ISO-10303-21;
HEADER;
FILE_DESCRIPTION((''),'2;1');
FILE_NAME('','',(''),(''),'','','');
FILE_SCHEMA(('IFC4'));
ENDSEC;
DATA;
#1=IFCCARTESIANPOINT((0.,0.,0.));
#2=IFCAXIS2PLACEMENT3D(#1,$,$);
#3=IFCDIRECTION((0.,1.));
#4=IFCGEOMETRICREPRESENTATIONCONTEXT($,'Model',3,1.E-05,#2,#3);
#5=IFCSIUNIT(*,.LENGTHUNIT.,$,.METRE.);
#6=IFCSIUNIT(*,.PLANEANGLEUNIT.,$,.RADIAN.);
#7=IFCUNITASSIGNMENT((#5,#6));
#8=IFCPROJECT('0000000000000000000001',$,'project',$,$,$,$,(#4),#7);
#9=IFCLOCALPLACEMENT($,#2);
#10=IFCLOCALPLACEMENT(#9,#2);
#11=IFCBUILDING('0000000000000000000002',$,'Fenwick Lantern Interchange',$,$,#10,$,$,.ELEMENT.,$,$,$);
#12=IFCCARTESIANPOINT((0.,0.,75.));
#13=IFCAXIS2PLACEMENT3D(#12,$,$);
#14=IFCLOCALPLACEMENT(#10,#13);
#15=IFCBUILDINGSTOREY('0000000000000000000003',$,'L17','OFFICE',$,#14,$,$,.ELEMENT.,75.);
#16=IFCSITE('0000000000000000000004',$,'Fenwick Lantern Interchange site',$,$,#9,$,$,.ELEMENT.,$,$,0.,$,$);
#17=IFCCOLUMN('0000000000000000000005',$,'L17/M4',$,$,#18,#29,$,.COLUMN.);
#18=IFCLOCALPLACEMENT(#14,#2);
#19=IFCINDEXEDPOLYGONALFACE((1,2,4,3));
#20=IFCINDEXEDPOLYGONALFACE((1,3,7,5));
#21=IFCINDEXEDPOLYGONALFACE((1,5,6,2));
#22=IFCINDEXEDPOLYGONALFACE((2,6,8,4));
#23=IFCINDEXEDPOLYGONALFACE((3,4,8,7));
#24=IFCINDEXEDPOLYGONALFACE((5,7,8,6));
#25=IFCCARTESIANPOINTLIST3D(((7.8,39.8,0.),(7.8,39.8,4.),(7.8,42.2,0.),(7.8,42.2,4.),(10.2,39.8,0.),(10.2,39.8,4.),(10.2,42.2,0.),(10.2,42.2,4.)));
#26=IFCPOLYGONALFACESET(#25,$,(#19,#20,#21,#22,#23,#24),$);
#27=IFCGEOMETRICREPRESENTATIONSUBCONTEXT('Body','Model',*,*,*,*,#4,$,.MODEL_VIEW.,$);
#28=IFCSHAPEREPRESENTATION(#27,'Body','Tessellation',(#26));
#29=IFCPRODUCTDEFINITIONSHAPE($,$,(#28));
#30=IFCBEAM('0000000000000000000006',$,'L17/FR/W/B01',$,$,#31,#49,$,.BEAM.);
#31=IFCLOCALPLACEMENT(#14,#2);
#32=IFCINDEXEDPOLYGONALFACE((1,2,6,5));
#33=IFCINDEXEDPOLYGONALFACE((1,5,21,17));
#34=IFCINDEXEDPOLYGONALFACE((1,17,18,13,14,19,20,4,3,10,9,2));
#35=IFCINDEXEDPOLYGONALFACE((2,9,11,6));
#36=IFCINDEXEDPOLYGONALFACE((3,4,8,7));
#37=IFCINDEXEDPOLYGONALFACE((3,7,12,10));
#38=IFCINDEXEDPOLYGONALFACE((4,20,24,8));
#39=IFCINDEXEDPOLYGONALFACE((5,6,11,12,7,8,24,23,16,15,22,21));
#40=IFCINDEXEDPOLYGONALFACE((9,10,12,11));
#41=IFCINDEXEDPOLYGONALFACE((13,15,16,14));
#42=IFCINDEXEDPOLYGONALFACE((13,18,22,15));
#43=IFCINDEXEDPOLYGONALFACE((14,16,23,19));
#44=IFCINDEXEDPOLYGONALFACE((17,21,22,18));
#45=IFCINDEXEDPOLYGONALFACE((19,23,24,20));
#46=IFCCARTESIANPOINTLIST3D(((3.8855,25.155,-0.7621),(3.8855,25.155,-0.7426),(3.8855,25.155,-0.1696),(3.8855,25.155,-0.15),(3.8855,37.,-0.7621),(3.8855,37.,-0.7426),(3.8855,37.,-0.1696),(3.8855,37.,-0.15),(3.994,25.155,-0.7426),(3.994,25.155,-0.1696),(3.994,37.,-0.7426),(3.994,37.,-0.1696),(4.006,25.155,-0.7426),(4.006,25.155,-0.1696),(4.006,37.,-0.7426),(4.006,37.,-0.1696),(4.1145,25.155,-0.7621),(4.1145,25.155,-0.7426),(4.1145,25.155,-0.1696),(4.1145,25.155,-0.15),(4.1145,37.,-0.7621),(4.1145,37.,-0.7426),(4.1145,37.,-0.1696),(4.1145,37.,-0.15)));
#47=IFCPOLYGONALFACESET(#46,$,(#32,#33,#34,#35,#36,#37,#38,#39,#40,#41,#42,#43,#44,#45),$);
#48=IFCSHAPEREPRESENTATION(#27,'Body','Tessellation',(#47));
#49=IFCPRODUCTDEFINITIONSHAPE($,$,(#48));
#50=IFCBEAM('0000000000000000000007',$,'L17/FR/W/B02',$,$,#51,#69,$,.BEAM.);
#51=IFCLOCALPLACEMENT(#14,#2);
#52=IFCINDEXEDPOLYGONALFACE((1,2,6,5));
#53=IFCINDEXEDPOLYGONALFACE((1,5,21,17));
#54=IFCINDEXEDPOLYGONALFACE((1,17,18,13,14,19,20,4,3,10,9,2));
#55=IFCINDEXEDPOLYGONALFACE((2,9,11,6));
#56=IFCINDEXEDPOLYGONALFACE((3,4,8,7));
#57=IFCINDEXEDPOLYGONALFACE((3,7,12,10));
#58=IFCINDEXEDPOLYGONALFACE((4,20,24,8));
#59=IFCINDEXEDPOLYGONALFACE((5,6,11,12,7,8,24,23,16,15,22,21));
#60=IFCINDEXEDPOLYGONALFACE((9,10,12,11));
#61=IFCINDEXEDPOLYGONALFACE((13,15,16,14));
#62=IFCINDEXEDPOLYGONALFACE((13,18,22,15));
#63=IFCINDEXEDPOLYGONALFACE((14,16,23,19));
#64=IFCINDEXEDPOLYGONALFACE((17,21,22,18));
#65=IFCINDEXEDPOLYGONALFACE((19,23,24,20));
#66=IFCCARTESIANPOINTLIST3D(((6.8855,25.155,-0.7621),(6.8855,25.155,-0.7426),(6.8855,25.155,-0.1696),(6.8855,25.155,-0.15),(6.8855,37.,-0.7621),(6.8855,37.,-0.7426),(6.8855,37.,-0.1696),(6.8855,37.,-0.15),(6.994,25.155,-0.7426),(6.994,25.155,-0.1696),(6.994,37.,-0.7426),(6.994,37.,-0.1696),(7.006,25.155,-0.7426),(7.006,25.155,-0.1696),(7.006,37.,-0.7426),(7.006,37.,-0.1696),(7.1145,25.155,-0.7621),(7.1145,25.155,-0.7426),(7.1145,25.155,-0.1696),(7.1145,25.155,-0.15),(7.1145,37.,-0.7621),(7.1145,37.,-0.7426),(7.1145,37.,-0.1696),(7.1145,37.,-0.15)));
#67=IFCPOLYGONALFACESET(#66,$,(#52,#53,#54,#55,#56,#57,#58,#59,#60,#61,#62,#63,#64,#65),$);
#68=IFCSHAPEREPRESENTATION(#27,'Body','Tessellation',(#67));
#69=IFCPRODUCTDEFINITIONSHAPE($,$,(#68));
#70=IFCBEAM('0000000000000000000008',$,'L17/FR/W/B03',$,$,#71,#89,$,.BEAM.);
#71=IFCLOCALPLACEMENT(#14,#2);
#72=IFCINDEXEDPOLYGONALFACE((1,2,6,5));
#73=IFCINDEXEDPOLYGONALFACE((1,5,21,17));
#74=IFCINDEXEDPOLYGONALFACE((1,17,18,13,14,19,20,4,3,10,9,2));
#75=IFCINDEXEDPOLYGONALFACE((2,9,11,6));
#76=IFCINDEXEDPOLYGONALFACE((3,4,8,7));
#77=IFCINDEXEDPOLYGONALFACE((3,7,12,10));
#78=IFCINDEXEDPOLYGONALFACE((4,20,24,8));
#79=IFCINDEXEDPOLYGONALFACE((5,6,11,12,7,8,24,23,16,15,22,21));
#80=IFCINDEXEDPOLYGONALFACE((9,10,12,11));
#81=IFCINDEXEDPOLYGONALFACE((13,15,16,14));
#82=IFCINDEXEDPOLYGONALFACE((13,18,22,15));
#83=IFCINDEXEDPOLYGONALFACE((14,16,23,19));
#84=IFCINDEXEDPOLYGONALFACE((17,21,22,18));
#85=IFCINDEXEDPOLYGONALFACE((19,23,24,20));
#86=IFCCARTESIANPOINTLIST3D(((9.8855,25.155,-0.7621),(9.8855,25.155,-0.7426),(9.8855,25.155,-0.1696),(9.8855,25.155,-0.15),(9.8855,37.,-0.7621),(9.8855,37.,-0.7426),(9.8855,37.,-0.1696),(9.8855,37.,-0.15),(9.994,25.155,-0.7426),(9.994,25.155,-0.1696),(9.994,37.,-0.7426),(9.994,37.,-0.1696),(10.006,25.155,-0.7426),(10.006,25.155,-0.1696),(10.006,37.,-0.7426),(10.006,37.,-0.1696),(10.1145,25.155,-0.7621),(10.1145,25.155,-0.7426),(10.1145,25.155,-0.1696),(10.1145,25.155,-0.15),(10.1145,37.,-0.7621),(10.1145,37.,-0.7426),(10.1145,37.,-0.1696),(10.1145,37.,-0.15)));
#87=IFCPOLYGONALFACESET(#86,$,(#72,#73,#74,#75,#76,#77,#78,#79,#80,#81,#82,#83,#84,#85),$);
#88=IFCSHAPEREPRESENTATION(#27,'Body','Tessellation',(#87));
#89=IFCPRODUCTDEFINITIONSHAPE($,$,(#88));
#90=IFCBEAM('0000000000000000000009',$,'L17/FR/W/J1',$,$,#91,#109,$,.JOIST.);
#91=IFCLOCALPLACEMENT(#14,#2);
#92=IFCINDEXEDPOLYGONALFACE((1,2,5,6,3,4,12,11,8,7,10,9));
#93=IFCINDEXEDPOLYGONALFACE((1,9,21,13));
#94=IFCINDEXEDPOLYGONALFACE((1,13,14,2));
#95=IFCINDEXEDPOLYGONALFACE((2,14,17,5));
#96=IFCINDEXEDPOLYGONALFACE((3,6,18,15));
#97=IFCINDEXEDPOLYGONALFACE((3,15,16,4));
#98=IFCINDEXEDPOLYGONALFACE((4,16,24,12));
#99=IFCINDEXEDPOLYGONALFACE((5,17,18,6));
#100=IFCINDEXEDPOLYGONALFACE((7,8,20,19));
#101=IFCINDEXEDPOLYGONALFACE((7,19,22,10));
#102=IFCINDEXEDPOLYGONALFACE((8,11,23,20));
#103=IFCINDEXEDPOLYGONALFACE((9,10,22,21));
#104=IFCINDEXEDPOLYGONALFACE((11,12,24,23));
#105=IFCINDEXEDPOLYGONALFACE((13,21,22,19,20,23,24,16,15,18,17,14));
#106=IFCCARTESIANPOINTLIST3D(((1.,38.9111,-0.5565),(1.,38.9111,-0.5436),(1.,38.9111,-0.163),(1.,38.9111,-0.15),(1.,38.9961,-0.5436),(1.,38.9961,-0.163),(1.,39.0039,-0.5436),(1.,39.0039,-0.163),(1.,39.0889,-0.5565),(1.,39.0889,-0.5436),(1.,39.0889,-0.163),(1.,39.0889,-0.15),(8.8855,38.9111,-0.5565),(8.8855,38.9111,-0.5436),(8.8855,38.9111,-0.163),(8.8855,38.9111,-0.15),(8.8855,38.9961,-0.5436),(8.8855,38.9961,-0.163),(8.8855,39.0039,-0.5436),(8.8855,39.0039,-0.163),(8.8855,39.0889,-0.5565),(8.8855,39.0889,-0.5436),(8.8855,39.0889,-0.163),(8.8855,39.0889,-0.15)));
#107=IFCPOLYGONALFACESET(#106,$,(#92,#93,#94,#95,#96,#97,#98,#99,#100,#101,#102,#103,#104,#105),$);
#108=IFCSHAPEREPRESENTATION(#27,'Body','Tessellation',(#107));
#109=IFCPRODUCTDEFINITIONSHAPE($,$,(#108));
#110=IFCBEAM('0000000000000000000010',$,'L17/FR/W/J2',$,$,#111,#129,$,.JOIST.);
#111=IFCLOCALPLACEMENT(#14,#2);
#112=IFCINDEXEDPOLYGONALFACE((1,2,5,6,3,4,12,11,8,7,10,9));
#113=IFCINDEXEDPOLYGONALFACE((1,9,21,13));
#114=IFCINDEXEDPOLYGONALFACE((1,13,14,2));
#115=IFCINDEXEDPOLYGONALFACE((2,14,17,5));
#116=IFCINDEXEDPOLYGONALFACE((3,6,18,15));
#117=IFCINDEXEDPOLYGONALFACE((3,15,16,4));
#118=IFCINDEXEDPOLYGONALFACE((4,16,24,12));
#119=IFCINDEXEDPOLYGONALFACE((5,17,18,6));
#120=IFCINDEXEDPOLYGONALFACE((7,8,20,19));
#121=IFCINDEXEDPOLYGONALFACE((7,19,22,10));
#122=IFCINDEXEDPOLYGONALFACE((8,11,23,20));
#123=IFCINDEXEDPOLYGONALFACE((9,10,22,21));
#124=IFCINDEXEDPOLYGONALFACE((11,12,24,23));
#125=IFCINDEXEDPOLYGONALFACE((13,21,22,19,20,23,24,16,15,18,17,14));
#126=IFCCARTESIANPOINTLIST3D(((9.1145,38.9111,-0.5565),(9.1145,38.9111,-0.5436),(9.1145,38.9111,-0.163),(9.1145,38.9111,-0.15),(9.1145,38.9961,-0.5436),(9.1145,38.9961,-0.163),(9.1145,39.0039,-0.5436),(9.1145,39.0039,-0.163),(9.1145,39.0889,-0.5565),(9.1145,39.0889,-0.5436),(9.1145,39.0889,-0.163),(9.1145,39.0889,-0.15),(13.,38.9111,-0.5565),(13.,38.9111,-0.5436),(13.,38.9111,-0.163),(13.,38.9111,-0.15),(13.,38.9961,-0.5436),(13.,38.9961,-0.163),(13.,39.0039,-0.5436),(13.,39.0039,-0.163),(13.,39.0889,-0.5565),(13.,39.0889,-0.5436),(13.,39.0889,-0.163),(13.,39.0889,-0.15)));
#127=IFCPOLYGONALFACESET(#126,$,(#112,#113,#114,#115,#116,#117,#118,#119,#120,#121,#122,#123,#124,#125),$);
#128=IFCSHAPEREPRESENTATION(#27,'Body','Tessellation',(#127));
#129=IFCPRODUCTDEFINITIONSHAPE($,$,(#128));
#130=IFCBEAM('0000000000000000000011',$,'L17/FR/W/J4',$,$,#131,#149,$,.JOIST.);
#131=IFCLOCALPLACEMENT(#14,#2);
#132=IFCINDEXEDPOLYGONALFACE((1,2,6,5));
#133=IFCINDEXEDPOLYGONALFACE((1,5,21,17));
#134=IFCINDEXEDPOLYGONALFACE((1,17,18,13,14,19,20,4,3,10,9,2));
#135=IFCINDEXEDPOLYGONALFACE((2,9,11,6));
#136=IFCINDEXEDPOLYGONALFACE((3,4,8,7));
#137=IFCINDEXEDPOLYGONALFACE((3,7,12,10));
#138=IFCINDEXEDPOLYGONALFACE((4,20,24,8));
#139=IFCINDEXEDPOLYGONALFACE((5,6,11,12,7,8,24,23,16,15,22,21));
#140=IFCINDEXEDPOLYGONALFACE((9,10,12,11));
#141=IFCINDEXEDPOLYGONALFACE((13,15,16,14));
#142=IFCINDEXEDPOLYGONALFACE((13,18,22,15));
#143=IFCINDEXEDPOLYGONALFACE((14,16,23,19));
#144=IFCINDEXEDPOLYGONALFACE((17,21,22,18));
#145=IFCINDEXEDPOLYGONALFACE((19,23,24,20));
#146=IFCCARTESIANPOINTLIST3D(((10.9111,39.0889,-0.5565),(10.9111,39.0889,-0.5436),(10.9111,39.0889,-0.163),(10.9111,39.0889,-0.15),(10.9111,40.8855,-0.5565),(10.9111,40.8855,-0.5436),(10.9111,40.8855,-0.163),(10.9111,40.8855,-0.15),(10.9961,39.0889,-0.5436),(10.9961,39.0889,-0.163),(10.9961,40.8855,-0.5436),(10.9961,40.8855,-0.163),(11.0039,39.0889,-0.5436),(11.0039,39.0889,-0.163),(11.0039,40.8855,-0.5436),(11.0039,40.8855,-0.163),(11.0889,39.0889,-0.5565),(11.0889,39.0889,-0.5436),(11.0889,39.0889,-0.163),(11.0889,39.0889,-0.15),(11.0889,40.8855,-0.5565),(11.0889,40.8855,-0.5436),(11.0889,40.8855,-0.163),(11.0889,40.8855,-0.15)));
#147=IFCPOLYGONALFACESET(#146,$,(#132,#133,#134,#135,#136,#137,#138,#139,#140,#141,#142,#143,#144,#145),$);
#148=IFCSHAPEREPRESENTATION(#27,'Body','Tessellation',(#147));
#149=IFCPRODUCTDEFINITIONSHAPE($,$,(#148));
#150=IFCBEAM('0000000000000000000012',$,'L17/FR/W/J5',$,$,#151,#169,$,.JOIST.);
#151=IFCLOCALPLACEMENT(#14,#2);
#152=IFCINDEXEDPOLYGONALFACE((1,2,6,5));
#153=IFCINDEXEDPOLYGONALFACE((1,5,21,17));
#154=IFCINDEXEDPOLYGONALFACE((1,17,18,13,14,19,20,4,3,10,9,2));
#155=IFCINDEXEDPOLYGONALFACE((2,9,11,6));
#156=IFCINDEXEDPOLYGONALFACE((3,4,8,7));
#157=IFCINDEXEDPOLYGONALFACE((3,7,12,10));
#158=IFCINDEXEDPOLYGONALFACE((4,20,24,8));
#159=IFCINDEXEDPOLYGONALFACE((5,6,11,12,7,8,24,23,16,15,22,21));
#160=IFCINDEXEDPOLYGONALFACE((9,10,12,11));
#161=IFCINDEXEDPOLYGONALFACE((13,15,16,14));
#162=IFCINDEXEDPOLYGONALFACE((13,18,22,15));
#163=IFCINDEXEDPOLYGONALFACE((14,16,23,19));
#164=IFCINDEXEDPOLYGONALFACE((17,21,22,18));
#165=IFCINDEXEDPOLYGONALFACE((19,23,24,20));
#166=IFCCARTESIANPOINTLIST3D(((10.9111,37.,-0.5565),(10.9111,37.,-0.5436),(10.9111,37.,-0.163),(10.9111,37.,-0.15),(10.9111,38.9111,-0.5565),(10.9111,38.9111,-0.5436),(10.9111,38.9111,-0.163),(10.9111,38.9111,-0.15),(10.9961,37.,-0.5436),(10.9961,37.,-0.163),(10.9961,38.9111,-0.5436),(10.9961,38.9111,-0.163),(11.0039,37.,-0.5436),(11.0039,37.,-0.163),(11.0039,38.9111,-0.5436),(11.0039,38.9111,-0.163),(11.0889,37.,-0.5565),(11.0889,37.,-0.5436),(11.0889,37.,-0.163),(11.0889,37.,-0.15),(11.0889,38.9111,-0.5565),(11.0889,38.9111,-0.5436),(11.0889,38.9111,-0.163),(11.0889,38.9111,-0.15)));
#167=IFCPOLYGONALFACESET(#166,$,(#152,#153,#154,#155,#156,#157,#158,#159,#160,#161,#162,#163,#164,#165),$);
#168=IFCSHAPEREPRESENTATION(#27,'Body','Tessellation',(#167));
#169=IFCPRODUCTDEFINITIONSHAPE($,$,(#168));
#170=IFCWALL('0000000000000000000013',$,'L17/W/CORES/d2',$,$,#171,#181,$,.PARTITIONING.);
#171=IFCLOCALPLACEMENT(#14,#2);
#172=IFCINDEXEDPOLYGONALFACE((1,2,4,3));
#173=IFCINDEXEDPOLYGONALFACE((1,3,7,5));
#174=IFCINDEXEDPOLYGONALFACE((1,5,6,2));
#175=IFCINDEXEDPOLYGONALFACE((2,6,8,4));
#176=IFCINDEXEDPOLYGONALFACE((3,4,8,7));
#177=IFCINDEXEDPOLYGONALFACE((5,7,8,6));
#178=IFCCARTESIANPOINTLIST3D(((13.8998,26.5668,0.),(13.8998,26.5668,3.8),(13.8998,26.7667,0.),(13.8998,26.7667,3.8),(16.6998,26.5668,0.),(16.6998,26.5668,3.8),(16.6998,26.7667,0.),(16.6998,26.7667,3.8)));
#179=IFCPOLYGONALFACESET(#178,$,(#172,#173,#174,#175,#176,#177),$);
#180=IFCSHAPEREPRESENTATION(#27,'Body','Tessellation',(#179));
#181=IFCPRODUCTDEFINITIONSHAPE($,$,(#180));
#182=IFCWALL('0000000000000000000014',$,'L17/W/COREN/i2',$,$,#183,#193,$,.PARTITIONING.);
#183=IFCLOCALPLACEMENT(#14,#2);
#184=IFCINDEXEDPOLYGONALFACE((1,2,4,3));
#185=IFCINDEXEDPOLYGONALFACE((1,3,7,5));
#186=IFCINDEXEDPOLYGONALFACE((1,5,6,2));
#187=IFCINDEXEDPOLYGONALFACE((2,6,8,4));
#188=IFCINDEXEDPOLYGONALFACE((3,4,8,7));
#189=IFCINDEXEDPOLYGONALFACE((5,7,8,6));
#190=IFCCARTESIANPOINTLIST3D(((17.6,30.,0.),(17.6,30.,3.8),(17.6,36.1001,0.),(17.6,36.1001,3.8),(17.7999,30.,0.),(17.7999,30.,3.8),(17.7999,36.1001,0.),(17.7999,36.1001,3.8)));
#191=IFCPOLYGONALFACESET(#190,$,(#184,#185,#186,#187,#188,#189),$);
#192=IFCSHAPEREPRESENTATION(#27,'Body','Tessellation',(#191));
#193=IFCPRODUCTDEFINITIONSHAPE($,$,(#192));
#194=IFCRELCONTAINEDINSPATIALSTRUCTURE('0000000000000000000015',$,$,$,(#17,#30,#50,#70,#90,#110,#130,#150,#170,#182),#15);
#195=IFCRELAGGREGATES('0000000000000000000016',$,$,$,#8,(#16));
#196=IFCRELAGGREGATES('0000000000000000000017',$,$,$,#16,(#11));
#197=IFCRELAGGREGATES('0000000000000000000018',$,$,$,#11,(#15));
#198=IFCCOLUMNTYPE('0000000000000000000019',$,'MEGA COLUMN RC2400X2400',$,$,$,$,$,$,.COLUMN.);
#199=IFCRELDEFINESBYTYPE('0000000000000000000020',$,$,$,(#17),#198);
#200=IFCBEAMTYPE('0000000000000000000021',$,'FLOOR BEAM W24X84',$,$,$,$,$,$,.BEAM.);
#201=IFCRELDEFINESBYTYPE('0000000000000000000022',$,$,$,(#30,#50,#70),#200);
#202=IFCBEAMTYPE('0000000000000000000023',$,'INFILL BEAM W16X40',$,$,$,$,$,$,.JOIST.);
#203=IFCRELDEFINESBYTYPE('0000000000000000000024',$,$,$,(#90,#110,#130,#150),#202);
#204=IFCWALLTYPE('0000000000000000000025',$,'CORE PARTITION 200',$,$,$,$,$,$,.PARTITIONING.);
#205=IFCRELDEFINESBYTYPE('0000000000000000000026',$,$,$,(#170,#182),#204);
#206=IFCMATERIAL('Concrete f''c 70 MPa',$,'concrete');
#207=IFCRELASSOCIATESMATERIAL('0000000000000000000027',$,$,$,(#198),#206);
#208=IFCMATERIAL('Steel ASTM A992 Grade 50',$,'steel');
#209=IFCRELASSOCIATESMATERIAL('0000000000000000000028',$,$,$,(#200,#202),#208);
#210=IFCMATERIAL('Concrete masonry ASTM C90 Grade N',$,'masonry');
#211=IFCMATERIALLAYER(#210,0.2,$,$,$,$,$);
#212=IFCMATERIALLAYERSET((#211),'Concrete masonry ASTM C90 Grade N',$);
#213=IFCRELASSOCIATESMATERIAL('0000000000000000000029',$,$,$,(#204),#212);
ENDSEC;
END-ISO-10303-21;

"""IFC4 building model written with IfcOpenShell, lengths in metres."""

from ifc_helpers import new_model, si_unit, direction, frame, frame_2d, origin, origin_2d, place, context, subcontext, project, spatial, rectangle, i_section, extrude, material, layer, layer_set, material_profile, profile_set, type_object, element, save


model = new_model("IFC4")

# Units and contexts
model_context = context("Model", 3, precision=1e-05, world=origin(), true_north=direction((0.0, 1.0)))
body_context = subcontext(model_context, "Body", "Model", "MODEL_VIEW")
ifc_project = project(units=[si_unit("LENGTHUNIT", "METRE"), si_unit("PLANEANGLEUNIT", "RADIAN")], contexts=[model_context])

# Site, building, storey
site_placement = place(None, origin())
site = spatial("IfcSite", under=ifc_project, at=site_placement, Name="Fenwick Lantern Interchange site", CompositionType="ELEMENT", RefElevation=0.0)
building_placement = place(site_placement, origin())
building = spatial("IfcBuilding", under=site, at=building_placement, Name="Fenwick Lantern Interchange", CompositionType="ELEMENT")
storey_placement = place(building_placement, frame((0.0, 0.0, 75.0)))
storey = spatial("IfcBuildingStorey", under=building, at=storey_placement, Name="L17", Description="OFFICE", CompositionType="ELEMENT", Elevation=75.0)

# Column
ifc_material_1 = material(Name="Concrete f'c 70 MPa", Category="concrete")
ifc_material_profile_1 = material_profile(ifc_material_1, rectangle(XDim=2.3999, YDim=2.3999, at=origin_2d()), Name="RC2400X2400")
ifc_profile_set_1 = profile_set([ifc_material_profile_1], Name="Concrete f'c 70 MPa")
column_type = type_object("IfcColumnType", Name="MEGA COLUMN RC2400X2400", PredefinedType="COLUMN", material=ifc_profile_set_1)
column_placement = place(storey_placement, frame((9.0, 41.0, 0.0), z_axis=(0.0, 0.0, 1.0), x_axis=(1.0, 0.0, 0.0)))
element("IfcColumn", 1, at=column_placement, inside=storey, type_object=column_type, Name="L17/M4", PredefinedType="COLUMN", context=body_context, shape_type="SweptSolid", body=[
    extrude(rectangle(XDim=2.3999, YDim=2.3999, at=origin_2d()), origin(), (0.0, 0.0, 1.0), 4.0),
])

# Beams
ifc_material_2 = material(Name="Steel ASTM A992 Grade 50", Category="steel")
ifc_material_profile_2 = material_profile(ifc_material_2, i_section(OverallWidth=0.229, OverallDepth=0.6121, WebThickness=0.012, FlangeThickness=0.0195, at=origin_2d()), Name="W24X84")
ifc_profile_set_2 = profile_set([ifc_material_profile_2], Name="Steel ASTM A992 Grade 50")
beam_type_1 = type_object("IfcBeamType", Name="FLOOR BEAM W24X84", PredefinedType="BEAM", material=ifc_profile_set_2)
for number, where, z_axis, x_axis, name in (
    (2, (4.0, 37.0, -0.4561), (0.0, -1.0, 0.0), (1.0, 0.0, 0.0), "L17/FR/W/B01"),
    (3, (7.0, 37.0, -0.4561), (0.0, -1.0, 0.0), (1.0, 0.0, 0.0), "L17/FR/W/B02"),
    (4, (10.0, 37.0, -0.4561), (0.0, -1.0, 0.0), (1.0, 0.0, 0.0), "L17/FR/W/B03"),
):
    element("IfcBeam", number, at=place(storey_placement, frame(where, z_axis=z_axis, x_axis=x_axis)), inside=storey, type_object=beam_type_1, Name=name, PredefinedType="BEAM", context=body_context, shape_type="SweptSolid", body=[
        extrude(i_section(OverallWidth=0.229, OverallDepth=0.6121, WebThickness=0.012, FlangeThickness=0.0195, at=origin_2d()), origin(), (0.0, 0.0, 1.0), 11.845),
    ])
ifc_material_profile_3 = material_profile(ifc_material_2, i_section(OverallWidth=0.1777, OverallDepth=0.4065, WebThickness=0.0078, FlangeThickness=0.0129, at=origin_2d()), Name="W16X40")
ifc_profile_set_3 = profile_set([ifc_material_profile_3], Name="Steel ASTM A992 Grade 50")
beam_type_2 = type_object("IfcBeamType", Name="INFILL BEAM W16X40", PredefinedType="JOIST", material=ifc_profile_set_3)
beam_1_placement = place(storey_placement, frame((1.0, 39.0, -0.3533), z_axis=(1.0, 0.0, 0.0), x_axis=(0.0, 1.0, 0.0)))
element("IfcBeam", 5, at=beam_1_placement, inside=storey, type_object=beam_type_2, Name="L17/FR/W/J1", PredefinedType="JOIST", context=body_context, shape_type="SweptSolid", body=[
    extrude(i_section(OverallWidth=0.1777, OverallDepth=0.4065, WebThickness=0.0078, FlangeThickness=0.0129, at=origin_2d()), origin(), (0.0, 0.0, 1.0), 7.8855),
])
beam_2_placement = place(storey_placement, frame((9.1145, 39.0, -0.3533), z_axis=(1.0, 0.0, 0.0), x_axis=(0.0, 1.0, 0.0)))
element("IfcBeam", 6, at=beam_2_placement, inside=storey, type_object=beam_type_2, Name="L17/FR/W/J2", PredefinedType="JOIST", context=body_context, shape_type="SweptSolid", body=[
    extrude(i_section(OverallWidth=0.1777, OverallDepth=0.4065, WebThickness=0.0078, FlangeThickness=0.0129, at=origin_2d()), origin(), (0.0, 0.0, 1.0), 3.8855),
])
beam_3_placement = place(storey_placement, frame((11.0, 40.8855, -0.3533), z_axis=(0.0, -1.0, 0.0), x_axis=(1.0, 0.0, 0.0)))
element("IfcBeam", 7, at=beam_3_placement, inside=storey, type_object=beam_type_2, Name="L17/FR/W/J4", PredefinedType="JOIST", context=body_context, shape_type="SweptSolid", body=[
    extrude(i_section(OverallWidth=0.1777, OverallDepth=0.4065, WebThickness=0.0078, FlangeThickness=0.0129, at=origin_2d()), origin(), (0.0, 0.0, 1.0), 1.7966),
])
beam_4_placement = place(storey_placement, frame((11.0, 38.9111, -0.3533), z_axis=(0.0, -1.0, 0.0), x_axis=(1.0, 0.0, 0.0)))
element("IfcBeam", 8, at=beam_4_placement, inside=storey, type_object=beam_type_2, Name="L17/FR/W/J5", PredefinedType="JOIST", context=body_context, shape_type="SweptSolid", body=[
    extrude(i_section(OverallWidth=0.1777, OverallDepth=0.4065, WebThickness=0.0078, FlangeThickness=0.0129, at=origin_2d()), origin(), (0.0, 0.0, 1.0), 1.9111),
])

# Walls
ifc_material_3 = material(Name="Concrete masonry ASTM C90 Grade N", Category="masonry")
ifc_layer_1 = layer(ifc_material_3, 0.2)
ifc_layer_set_1 = layer_set([ifc_layer_1], Name="Concrete masonry ASTM C90 Grade N")
wall_type_1 = type_object("IfcWallType", Name="CORE PARTITION 200", PredefinedType="PARTITIONING", material=ifc_layer_set_1)
wall_1_placement = place(storey_placement, frame((13.8999, 26.6667, 0.0), z_axis=(0.0, 0.0, 1.0), x_axis=(1.0, 0.0, 0.0)))
element("IfcWall", 9, at=wall_1_placement, inside=storey, type_object=wall_type_1, Name="L17/W/CORES/d2", PredefinedType="PARTITIONING", context=body_context, shape_type="SweptSolid", body=[
    extrude(rectangle(XDim=2.8, YDim=0.2, at=frame_2d((1.3999, 0.0))), origin(), (0.0, 0.0, 1.0), 3.8),
])
wall_2_placement = place(storey_placement, frame((17.7, 36.1001, 0.0), z_axis=(0.0, 0.0, 1.0), x_axis=(0.0, -1.0, 0.0)))
element("IfcWall", 10, at=wall_2_placement, inside=storey, type_object=wall_type_1, Name="L17/W/COREN/i2", PredefinedType="PARTITIONING", context=body_context, shape_type="SweptSolid", body=[
    extrude(rectangle(XDim=6.1001, YDim=0.2, at=frame_2d((3.05, 0.0))), origin(), (0.0, 0.0, 1.0), 3.8),
])

save(model, "model.ifc")
